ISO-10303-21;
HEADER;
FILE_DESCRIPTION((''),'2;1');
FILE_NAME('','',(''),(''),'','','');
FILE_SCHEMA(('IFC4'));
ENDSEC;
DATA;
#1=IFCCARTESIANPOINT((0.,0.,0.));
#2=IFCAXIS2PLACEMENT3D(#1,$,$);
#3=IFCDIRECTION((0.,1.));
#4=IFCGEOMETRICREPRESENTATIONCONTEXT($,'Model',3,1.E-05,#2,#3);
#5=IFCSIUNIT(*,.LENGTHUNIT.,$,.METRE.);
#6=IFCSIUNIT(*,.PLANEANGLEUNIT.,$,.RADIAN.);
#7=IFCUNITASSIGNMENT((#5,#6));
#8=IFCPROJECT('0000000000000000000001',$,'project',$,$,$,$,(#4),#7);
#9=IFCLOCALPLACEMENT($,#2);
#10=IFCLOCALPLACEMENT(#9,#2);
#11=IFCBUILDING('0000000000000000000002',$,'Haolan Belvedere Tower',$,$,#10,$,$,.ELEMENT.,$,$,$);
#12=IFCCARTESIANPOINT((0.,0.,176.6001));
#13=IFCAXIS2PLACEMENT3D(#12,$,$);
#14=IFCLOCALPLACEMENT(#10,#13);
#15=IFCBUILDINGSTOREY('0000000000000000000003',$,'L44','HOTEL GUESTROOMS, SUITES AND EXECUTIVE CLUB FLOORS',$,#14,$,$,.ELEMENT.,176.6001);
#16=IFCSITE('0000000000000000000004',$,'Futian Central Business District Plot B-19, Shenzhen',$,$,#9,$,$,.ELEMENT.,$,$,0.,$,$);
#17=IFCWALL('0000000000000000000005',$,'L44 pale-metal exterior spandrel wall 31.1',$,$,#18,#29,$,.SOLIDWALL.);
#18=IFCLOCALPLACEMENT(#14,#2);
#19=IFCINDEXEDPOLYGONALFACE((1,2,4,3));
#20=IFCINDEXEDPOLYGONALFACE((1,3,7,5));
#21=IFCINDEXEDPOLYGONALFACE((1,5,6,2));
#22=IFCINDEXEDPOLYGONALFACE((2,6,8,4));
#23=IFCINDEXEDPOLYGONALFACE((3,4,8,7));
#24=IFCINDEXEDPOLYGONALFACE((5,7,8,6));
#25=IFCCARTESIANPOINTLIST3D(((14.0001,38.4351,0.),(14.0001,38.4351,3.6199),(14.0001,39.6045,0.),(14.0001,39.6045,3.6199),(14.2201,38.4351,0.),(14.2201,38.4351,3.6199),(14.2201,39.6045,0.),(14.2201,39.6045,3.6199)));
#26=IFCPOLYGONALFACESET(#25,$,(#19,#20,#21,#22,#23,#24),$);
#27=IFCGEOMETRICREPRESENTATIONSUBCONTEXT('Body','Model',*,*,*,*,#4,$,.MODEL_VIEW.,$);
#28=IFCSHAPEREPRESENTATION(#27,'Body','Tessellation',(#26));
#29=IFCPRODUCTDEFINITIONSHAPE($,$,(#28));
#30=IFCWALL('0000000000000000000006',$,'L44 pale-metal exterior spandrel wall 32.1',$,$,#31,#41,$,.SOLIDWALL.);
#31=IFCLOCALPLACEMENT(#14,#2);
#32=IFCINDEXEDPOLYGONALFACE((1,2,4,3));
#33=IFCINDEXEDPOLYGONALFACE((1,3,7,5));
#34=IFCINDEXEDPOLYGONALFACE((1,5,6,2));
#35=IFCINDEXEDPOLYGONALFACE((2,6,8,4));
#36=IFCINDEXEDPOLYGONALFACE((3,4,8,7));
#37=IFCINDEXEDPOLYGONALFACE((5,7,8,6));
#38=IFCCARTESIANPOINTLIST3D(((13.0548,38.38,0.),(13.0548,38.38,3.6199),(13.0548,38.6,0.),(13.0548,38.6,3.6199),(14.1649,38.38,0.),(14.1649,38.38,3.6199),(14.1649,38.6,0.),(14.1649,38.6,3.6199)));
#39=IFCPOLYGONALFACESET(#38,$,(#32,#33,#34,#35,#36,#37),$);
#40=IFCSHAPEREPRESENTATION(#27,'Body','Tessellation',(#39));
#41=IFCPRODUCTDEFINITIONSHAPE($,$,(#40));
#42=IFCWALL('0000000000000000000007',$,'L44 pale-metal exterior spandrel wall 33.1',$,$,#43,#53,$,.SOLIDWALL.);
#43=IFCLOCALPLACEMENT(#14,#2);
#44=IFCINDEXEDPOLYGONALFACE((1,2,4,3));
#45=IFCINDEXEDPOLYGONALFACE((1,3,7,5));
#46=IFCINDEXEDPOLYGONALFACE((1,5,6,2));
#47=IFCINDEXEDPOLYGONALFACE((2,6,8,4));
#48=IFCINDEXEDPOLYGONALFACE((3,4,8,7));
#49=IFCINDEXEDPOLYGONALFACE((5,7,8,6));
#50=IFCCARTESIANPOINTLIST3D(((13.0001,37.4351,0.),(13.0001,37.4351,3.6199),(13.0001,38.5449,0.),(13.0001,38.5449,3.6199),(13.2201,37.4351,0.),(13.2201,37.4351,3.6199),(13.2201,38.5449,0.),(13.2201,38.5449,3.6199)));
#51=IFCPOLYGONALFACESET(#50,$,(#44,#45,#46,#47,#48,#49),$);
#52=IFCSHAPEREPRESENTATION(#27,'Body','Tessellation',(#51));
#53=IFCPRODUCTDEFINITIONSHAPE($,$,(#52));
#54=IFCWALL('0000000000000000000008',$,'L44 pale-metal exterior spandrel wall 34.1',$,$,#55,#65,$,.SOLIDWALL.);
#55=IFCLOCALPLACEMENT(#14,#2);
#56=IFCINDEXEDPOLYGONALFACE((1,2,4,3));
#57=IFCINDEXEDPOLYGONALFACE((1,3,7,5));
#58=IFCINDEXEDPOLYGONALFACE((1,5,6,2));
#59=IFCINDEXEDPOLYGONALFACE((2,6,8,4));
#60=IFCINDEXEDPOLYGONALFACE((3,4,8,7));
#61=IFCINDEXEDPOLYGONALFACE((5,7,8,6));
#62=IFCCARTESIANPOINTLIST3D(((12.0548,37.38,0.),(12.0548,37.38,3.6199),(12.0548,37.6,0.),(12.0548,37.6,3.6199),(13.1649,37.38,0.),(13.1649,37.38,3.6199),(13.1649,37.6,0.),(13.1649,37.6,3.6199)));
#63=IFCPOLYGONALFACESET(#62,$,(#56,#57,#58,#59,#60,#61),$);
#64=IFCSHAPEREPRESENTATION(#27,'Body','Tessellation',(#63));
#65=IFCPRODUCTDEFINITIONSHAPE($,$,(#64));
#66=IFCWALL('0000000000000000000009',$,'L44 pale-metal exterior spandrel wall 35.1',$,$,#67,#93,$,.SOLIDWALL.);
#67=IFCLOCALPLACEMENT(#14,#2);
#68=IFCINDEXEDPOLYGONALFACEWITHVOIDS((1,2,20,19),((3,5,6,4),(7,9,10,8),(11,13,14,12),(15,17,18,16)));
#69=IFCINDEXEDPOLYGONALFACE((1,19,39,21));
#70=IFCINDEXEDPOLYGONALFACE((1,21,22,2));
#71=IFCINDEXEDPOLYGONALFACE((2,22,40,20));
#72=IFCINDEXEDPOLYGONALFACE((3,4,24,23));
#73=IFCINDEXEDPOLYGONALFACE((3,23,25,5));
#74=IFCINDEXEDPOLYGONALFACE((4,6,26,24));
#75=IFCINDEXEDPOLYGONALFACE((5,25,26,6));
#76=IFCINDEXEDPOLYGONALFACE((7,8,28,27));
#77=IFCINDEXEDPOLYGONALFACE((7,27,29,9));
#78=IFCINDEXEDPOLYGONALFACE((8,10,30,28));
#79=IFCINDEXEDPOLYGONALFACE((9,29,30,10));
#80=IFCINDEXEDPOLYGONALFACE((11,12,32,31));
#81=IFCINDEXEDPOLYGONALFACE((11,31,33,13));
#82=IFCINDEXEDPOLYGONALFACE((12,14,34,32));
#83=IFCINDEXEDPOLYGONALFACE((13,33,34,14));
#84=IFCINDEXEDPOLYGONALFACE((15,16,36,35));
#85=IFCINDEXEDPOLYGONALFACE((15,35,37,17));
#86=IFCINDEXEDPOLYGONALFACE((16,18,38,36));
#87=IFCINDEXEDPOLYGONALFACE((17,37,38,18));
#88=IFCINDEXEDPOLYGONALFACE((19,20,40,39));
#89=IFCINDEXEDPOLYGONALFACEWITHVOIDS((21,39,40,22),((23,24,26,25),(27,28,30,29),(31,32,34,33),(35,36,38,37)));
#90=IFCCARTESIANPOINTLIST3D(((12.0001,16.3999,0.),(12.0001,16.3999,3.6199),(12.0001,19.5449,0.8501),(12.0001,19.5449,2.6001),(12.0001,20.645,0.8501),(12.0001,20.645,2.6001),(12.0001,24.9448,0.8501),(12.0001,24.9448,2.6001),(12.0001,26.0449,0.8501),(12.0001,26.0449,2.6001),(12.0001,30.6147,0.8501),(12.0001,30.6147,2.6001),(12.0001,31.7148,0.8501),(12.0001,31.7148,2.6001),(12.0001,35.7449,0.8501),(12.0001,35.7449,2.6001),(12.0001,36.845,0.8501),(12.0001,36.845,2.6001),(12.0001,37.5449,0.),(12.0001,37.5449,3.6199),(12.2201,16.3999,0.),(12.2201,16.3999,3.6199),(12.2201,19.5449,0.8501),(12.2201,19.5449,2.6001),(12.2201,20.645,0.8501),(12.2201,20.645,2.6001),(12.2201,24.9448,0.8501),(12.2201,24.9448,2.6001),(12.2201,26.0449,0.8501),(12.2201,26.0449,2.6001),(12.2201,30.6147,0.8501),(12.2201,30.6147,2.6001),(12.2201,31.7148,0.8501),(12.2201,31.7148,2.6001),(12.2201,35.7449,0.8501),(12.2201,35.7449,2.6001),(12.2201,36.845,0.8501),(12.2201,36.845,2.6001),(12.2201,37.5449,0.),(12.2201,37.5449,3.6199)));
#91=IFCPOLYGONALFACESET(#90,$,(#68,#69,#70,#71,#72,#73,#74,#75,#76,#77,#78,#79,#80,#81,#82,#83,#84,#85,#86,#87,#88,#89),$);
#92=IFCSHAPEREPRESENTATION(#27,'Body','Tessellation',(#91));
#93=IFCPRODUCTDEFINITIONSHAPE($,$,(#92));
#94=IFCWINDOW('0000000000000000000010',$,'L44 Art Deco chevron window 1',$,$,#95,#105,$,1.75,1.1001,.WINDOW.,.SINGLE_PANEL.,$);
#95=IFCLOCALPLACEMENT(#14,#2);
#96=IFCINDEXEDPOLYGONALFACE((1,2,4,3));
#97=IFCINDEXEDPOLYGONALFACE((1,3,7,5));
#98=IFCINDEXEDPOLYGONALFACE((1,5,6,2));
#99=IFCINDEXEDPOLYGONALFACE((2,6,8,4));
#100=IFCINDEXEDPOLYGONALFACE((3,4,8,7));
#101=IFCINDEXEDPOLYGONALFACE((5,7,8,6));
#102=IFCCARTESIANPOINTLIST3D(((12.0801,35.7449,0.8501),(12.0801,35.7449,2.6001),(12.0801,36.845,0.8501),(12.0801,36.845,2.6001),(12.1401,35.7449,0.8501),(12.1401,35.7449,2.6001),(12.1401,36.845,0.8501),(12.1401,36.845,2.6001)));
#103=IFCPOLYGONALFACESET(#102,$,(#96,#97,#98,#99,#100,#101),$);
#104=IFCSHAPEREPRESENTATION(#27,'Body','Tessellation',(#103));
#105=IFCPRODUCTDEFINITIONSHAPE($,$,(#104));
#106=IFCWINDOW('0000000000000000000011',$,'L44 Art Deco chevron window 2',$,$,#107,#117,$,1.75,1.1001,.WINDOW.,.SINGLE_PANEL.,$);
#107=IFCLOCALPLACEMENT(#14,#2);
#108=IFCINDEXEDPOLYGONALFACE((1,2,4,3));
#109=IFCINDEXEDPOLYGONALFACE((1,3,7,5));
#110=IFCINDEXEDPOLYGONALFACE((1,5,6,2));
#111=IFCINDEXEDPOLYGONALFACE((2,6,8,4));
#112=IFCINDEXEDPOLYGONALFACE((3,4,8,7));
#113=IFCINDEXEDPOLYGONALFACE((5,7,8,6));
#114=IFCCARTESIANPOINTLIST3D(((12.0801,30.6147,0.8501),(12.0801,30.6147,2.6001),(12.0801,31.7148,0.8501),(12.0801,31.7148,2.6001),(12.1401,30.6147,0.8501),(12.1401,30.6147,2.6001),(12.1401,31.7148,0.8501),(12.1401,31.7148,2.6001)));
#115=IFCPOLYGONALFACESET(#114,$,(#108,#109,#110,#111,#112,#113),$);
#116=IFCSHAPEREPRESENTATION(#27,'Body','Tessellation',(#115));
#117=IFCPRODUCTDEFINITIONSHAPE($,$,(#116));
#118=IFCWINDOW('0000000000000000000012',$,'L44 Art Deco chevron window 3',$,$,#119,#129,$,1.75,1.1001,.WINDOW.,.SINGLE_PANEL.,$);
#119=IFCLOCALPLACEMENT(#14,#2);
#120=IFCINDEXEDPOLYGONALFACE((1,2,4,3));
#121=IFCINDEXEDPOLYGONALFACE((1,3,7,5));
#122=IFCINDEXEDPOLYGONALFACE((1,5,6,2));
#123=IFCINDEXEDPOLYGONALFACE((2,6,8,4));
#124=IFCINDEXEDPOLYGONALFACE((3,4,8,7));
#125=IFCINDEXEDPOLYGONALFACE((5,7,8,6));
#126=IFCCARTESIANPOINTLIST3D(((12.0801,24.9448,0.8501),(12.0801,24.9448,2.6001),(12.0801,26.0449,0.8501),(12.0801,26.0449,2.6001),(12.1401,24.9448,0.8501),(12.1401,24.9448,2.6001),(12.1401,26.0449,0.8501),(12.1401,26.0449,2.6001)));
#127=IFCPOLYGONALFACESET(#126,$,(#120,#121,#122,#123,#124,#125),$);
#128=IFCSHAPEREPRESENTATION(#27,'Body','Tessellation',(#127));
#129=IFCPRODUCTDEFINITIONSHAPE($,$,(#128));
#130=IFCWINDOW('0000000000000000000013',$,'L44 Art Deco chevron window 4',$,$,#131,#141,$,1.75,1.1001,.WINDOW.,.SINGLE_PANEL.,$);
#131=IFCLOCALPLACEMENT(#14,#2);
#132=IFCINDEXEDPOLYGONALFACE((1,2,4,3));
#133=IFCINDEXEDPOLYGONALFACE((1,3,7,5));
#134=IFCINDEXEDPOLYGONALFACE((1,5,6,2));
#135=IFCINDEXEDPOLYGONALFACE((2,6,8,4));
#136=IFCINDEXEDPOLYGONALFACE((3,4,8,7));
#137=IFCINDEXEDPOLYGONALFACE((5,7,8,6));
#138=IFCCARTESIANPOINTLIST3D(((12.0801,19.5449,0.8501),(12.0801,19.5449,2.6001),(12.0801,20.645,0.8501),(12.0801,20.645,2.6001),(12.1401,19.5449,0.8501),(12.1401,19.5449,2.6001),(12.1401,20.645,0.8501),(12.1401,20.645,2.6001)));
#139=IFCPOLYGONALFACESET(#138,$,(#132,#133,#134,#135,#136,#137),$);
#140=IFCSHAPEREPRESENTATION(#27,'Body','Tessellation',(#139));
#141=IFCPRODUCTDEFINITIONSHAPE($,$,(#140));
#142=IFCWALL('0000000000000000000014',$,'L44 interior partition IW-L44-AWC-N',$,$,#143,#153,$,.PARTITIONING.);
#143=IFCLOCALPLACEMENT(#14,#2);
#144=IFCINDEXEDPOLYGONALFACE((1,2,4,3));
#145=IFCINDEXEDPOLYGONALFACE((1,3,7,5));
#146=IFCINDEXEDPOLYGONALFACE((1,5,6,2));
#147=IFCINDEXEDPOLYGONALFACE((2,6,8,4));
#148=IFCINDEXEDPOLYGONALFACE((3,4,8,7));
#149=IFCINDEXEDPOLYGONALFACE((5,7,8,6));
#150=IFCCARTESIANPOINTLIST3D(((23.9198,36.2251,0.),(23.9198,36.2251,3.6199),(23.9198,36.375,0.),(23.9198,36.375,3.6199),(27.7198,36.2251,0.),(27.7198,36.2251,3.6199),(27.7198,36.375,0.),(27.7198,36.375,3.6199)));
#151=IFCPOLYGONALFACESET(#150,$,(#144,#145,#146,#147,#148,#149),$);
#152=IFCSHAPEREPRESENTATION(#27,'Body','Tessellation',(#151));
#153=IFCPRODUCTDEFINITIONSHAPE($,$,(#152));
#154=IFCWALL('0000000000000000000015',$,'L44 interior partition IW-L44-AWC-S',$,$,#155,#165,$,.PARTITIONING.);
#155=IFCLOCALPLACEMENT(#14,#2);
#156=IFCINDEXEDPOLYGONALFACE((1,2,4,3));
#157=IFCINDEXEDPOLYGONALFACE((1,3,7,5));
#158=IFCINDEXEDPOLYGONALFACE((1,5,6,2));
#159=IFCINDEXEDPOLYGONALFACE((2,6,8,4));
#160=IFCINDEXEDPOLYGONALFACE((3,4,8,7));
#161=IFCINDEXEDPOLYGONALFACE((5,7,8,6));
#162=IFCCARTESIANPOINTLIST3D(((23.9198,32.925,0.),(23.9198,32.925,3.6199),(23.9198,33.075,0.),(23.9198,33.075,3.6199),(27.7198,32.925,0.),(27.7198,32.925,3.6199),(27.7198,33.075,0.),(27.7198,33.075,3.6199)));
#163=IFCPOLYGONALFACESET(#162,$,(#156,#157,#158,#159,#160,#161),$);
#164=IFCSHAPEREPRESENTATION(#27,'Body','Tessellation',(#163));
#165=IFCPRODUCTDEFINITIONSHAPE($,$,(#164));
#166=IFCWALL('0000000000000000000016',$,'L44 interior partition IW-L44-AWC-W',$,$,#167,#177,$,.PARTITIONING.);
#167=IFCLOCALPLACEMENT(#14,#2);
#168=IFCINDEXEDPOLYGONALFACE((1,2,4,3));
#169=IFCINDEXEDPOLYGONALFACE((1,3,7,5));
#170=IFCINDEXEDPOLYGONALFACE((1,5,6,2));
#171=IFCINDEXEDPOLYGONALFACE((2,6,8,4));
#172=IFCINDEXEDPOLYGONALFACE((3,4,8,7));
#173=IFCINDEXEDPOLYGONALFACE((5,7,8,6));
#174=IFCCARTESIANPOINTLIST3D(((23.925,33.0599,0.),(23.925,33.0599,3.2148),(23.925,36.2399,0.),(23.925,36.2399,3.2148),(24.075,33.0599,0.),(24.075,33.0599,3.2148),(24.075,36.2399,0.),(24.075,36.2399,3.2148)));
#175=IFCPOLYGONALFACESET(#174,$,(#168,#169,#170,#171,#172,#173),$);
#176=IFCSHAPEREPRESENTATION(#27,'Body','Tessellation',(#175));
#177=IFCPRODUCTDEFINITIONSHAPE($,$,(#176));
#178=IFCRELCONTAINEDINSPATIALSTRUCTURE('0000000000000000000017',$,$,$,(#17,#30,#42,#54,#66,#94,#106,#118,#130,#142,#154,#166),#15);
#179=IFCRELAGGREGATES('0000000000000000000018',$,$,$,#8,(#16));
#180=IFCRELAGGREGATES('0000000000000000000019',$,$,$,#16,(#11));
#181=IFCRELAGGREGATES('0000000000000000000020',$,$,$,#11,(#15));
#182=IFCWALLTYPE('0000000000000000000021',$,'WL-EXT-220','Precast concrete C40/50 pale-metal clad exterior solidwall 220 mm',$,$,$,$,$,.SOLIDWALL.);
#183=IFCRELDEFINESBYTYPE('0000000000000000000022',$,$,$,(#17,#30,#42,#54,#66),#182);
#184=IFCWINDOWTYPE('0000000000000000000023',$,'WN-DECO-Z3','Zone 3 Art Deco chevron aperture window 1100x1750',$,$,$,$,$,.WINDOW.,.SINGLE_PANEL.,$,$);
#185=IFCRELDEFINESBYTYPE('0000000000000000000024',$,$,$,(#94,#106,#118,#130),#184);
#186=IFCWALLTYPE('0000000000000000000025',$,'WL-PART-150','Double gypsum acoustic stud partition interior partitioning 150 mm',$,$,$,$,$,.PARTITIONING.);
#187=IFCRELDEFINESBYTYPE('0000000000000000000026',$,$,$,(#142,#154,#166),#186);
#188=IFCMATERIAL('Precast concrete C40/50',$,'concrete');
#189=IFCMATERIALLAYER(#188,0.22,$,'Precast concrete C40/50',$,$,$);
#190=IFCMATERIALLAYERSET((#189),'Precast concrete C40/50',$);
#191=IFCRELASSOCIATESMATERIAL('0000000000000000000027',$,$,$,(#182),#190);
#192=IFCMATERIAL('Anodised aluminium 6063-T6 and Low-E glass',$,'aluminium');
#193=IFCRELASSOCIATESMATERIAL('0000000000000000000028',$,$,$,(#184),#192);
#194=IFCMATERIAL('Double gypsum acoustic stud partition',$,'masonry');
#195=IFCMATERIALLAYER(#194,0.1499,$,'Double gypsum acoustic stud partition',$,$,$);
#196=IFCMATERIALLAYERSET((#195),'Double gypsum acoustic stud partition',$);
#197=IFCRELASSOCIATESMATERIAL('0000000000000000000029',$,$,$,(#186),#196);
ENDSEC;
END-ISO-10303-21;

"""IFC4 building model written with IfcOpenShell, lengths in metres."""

from ifc_helpers import new_model, si_unit, direction, frame, frame_2d, origin, place, context, subcontext, project, spatial, rectangle, extrude, material, layer, layer_set, type_object, element, fill, save


model = new_model("IFC4")

# Units and contexts
model_context = context("Model", 3, precision=1e-05, world=origin(), true_north=direction((0.0, 1.0)))
body_context = subcontext(model_context, "Body", "Model", "MODEL_VIEW")
ifc_project = project(units=[si_unit("LENGTHUNIT", "METRE"), si_unit("PLANEANGLEUNIT", "RADIAN")], contexts=[model_context])

# Site, building, storey
site_placement = place(None, origin())
site = spatial("IfcSite", under=ifc_project, at=site_placement, Name="Futian Central Business District Plot B-19, Shenzhen", CompositionType="ELEMENT", RefElevation=0.0)
building_placement = place(site_placement, origin())
building = spatial("IfcBuilding", under=site, at=building_placement, Name="Haolan Belvedere Tower", CompositionType="ELEMENT")
storey_placement = place(building_placement, frame((0.0, 0.0, 176.6001)))
storey = spatial("IfcBuildingStorey", under=building, at=storey_placement, Name="L44", Description="HOTEL GUESTROOMS, SUITES AND EXECUTIVE CLUB FLOORS", CompositionType="ELEMENT", Elevation=176.6001)

# Walls
ifc_material_1 = material(Name="Precast concrete C40/50", Category="concrete")
ifc_layer_1 = layer(ifc_material_1, 0.22, Name="Precast concrete C40/50")
ifc_layer_set_1 = layer_set([ifc_layer_1], Name="Precast concrete C40/50")
wall_type_1 = type_object("IfcWallType", Name="WL-EXT-220", Description="Precast concrete C40/50 pale-metal clad exterior solidwall 220 mm", PredefinedType="SOLIDWALL", material=ifc_layer_set_1)
wall_1_placement = place(storey_placement, frame((14.1101, 39.6045, 0.0), z_axis=(0.0, 0.0, 1.0), x_axis=(0.0, -1.0, 0.0)))
element("IfcWall", 1, at=wall_1_placement, inside=storey, type_object=wall_type_1, Name="L44 pale-metal exterior spandrel wall 31.1", PredefinedType="SOLIDWALL", context=body_context, shape_type="SweptSolid", body=[
    extrude(rectangle(XDim=1.1694, YDim=0.22, at=frame_2d((0.5847, 0.0))), origin(), (0.0, 0.0, 1.0), 3.6199),
])
wall_2_placement = place(storey_placement, frame((14.165, 38.49, 0.0), z_axis=(0.0, 0.0, 1.0), x_axis=(-1.0, 0.0, 0.0)))
element("IfcWall", 2, at=wall_2_placement, inside=storey, type_object=wall_type_1, Name="L44 pale-metal exterior spandrel wall 32.1", PredefinedType="SOLIDWALL", context=body_context, shape_type="SweptSolid", body=[
    extrude(rectangle(XDim=1.1101, YDim=0.22, at=frame_2d((0.5552, 0.0))), origin(), (0.0, 0.0, 1.0), 3.6199),
])
wall_3_placement = place(storey_placement, frame((13.1101, 38.5449, 0.0), z_axis=(0.0, 0.0, 1.0), x_axis=(0.0, -1.0, 0.0)))
element("IfcWall", 3, at=wall_3_placement, inside=storey, type_object=wall_type_1, Name="L44 pale-metal exterior spandrel wall 33.1", PredefinedType="SOLIDWALL", context=body_context, shape_type="SweptSolid", body=[
    extrude(rectangle(XDim=1.1099, YDim=0.22, at=frame_2d((0.5549, 0.0))), origin(), (0.0, 0.0, 1.0), 3.6199),
])
wall_4_placement = place(storey_placement, frame((13.165, 37.49, 0.0), z_axis=(0.0, 0.0, 1.0), x_axis=(-1.0, 0.0, 0.0)))
element("IfcWall", 4, at=wall_4_placement, inside=storey, type_object=wall_type_1, Name="L44 pale-metal exterior spandrel wall 34.1", PredefinedType="SOLIDWALL", context=body_context, shape_type="SweptSolid", body=[
    extrude(rectangle(XDim=1.1101, YDim=0.22, at=frame_2d((0.5552, 0.0))), origin(), (0.0, 0.0, 1.0), 3.6199),
])

# Wall, openings, windows
wall_5_placement = place(storey_placement, frame((12.1101, 37.5449, 0.0), z_axis=(0.0, 0.0, 1.0), x_axis=(0.0, -1.0, 0.0)))
wall_5 = element("IfcWall", 5, at=wall_5_placement, inside=storey, type_object=wall_type_1, Name="L44 pale-metal exterior spandrel wall 35.1", PredefinedType="SOLIDWALL", context=body_context, shape_type="SweptSolid", body=[
    extrude(rectangle(XDim=21.145, YDim=0.22, at=frame_2d((10.5725, 0.0))), origin(), (0.0, 0.0, 1.0), 3.6199),
])
opening_1_placement = place(wall_5_placement, frame((0.7, 0.0, 0.8501)))
opening_1 = element("IfcOpeningElement", 6, at=opening_1_placement, cuts=wall_5, PredefinedType="OPENING", context=body_context, shape_type="SweptSolid", body=[
    extrude(rectangle(XDim=1.1001, YDim=1.75, at=frame_2d((0.55, 0.875))), frame((0.0, 0.1199, 0.0), z_axis=(0.0, -1.0, 0.0), x_axis=(1.0, 0.0, 0.0)), (0.0, 0.0, 1.0), 0.24),
])
opening_2_placement = place(wall_5_placement, frame((5.8301, 0.0, 0.8501)))
opening_2 = element("IfcOpeningElement", 7, at=opening_2_placement, cuts=wall_5, PredefinedType="OPENING", context=body_context, shape_type="SweptSolid", body=[
    extrude(rectangle(XDim=1.1001, YDim=1.75, at=frame_2d((0.55, 0.875))), frame((0.0, 0.1199, 0.0), z_axis=(0.0, -1.0, 0.0), x_axis=(1.0, 0.0, 0.0)), (0.0, 0.0, 1.0), 0.24),
])
opening_3_placement = place(wall_5_placement, frame((11.5, 0.0, 0.8501)))
opening_3 = element("IfcOpeningElement", 8, at=opening_3_placement, cuts=wall_5, PredefinedType="OPENING", context=body_context, shape_type="SweptSolid", body=[
    extrude(rectangle(XDim=1.1001, YDim=1.75, at=frame_2d((0.55, 0.875))), frame((0.0, 0.1199, 0.0), z_axis=(0.0, -1.0, 0.0), x_axis=(1.0, 0.0, 0.0)), (0.0, 0.0, 1.0), 0.24),
])
opening_4_placement = place(wall_5_placement, frame((16.8999, 0.0, 0.8501)))
opening_4 = element("IfcOpeningElement", 9, at=opening_4_placement, cuts=wall_5, PredefinedType="OPENING", context=body_context, shape_type="SweptSolid", body=[
    extrude(rectangle(XDim=1.1001, YDim=1.75, at=frame_2d((0.55, 0.875))), frame((0.0, 0.1199, 0.0), z_axis=(0.0, -1.0, 0.0), x_axis=(1.0, 0.0, 0.0)), (0.0, 0.0, 1.0), 0.24),
])
ifc_material_2 = material(Name="Anodised aluminium 6063-T6 and Low-E glass", Category="aluminium")
window_type = type_object("IfcWindowType", Name="WN-DECO-Z3", Description="Zone 3 Art Deco chevron aperture window 1100x1750", PartitioningType="SINGLE_PANEL", PredefinedType="WINDOW", material=ifc_material_2)
window_1_placement = place(opening_1_placement, origin())
window_1 = element("IfcWindow", 10, at=window_1_placement, inside=storey, type_object=window_type, Name="L44 Art Deco chevron window 1", OverallHeight=1.75, OverallWidth=1.1001, PartitioningType="SINGLE_PANEL", PredefinedType="WINDOW", context=body_context, shape_type="SweptSolid", body=[
    extrude(rectangle(XDim=1.1001, YDim=1.75, at=frame_2d((0.55, 0.875))), frame((0.0, 0.03, 0.0), z_axis=(0.0, -1.0, 0.0), x_axis=(1.0, 0.0, 0.0)), (0.0, 0.0, 1.0), 0.0601),
])
fill(opening_1, window_1)
window_2_placement = place(opening_2_placement, origin())
window_2 = element("IfcWindow", 11, at=window_2_placement, inside=storey, type_object=window_type, Name="L44 Art Deco chevron window 2", OverallHeight=1.75, OverallWidth=1.1001, PartitioningType="SINGLE_PANEL", PredefinedType="WINDOW", context=body_context, shape_type="SweptSolid", body=[
    extrude(rectangle(XDim=1.1001, YDim=1.75, at=frame_2d((0.55, 0.875))), frame((0.0, 0.03, 0.0), z_axis=(0.0, -1.0, 0.0), x_axis=(1.0, 0.0, 0.0)), (0.0, 0.0, 1.0), 0.0601),
])
fill(opening_2, window_2)
window_3_placement = place(opening_3_placement, origin())
window_3 = element("IfcWindow", 12, at=window_3_placement, inside=storey, type_object=window_type, Name="L44 Art Deco chevron window 3", OverallHeight=1.75, OverallWidth=1.1001, PartitioningType="SINGLE_PANEL", PredefinedType="WINDOW", context=body_context, shape_type="SweptSolid", body=[
    extrude(rectangle(XDim=1.1001, YDim=1.75, at=frame_2d((0.55, 0.875))), frame((0.0, 0.03, 0.0), z_axis=(0.0, -1.0, 0.0), x_axis=(1.0, 0.0, 0.0)), (0.0, 0.0, 1.0), 0.0601),
])
fill(opening_3, window_3)
window_4_placement = place(opening_4_placement, origin())
window_4 = element("IfcWindow", 13, at=window_4_placement, inside=storey, type_object=window_type, Name="L44 Art Deco chevron window 4", OverallHeight=1.75, OverallWidth=1.1001, PartitioningType="SINGLE_PANEL", PredefinedType="WINDOW", context=body_context, shape_type="SweptSolid", body=[
    extrude(rectangle(XDim=1.1001, YDim=1.75, at=frame_2d((0.55, 0.875))), frame((0.0, 0.03, 0.0), z_axis=(0.0, -1.0, 0.0), x_axis=(1.0, 0.0, 0.0)), (0.0, 0.0, 1.0), 0.0601),
])
fill(opening_4, window_4)

# Walls
ifc_material_3 = material(Name="Double gypsum acoustic stud partition", Category="masonry")
ifc_layer_2 = layer(ifc_material_3, 0.1499, Name="Double gypsum acoustic stud partition")
ifc_layer_set_2 = layer_set([ifc_layer_2], Name="Double gypsum acoustic stud partition")
wall_type_2 = type_object("IfcWallType", Name="WL-PART-150", Description="Double gypsum acoustic stud partition interior partitioning 150 mm", PredefinedType="PARTITIONING", material=ifc_layer_set_2)
for number, where, z_axis, x_axis, name in (
    (14, (23.9199, 36.3, 0.0), (0.0, 0.0, 1.0), (1.0, 0.0, 0.0), "L44 interior partition IW-L44-AWC-N"),
    (15, (23.9199, 33.0, 0.0), (0.0, 0.0, 1.0), (1.0, 0.0, 0.0), "L44 interior partition IW-L44-AWC-S"),
):
    element("IfcWall", number, at=place(storey_placement, frame(where, z_axis=z_axis, x_axis=x_axis)), inside=storey, type_object=wall_type_2, Name=name, PredefinedType="PARTITIONING", context=body_context, shape_type="SweptSolid", body=[
        extrude(rectangle(XDim=3.8, YDim=0.1499, at=frame_2d((1.8999, 0.0))), origin(), (0.0, 0.0, 1.0), 3.6199),
    ])
wall_6_placement = place(storey_placement, frame((24.0, 33.0601, 0.0), z_axis=(0.0, 0.0, 1.0), x_axis=(0.0, 1.0, 0.0)))
element("IfcWall", 16, at=wall_6_placement, inside=storey, type_object=wall_type_2, Name="L44 interior partition IW-L44-AWC-W", PredefinedType="PARTITIONING", context=body_context, shape_type="SweptSolid", body=[
    extrude(rectangle(XDim=3.1799, YDim=0.1499, at=frame_2d((1.5898, 0.0))), origin(), (0.0, 0.0, 1.0), 3.2148),
])

save(model, "model.ifc")
